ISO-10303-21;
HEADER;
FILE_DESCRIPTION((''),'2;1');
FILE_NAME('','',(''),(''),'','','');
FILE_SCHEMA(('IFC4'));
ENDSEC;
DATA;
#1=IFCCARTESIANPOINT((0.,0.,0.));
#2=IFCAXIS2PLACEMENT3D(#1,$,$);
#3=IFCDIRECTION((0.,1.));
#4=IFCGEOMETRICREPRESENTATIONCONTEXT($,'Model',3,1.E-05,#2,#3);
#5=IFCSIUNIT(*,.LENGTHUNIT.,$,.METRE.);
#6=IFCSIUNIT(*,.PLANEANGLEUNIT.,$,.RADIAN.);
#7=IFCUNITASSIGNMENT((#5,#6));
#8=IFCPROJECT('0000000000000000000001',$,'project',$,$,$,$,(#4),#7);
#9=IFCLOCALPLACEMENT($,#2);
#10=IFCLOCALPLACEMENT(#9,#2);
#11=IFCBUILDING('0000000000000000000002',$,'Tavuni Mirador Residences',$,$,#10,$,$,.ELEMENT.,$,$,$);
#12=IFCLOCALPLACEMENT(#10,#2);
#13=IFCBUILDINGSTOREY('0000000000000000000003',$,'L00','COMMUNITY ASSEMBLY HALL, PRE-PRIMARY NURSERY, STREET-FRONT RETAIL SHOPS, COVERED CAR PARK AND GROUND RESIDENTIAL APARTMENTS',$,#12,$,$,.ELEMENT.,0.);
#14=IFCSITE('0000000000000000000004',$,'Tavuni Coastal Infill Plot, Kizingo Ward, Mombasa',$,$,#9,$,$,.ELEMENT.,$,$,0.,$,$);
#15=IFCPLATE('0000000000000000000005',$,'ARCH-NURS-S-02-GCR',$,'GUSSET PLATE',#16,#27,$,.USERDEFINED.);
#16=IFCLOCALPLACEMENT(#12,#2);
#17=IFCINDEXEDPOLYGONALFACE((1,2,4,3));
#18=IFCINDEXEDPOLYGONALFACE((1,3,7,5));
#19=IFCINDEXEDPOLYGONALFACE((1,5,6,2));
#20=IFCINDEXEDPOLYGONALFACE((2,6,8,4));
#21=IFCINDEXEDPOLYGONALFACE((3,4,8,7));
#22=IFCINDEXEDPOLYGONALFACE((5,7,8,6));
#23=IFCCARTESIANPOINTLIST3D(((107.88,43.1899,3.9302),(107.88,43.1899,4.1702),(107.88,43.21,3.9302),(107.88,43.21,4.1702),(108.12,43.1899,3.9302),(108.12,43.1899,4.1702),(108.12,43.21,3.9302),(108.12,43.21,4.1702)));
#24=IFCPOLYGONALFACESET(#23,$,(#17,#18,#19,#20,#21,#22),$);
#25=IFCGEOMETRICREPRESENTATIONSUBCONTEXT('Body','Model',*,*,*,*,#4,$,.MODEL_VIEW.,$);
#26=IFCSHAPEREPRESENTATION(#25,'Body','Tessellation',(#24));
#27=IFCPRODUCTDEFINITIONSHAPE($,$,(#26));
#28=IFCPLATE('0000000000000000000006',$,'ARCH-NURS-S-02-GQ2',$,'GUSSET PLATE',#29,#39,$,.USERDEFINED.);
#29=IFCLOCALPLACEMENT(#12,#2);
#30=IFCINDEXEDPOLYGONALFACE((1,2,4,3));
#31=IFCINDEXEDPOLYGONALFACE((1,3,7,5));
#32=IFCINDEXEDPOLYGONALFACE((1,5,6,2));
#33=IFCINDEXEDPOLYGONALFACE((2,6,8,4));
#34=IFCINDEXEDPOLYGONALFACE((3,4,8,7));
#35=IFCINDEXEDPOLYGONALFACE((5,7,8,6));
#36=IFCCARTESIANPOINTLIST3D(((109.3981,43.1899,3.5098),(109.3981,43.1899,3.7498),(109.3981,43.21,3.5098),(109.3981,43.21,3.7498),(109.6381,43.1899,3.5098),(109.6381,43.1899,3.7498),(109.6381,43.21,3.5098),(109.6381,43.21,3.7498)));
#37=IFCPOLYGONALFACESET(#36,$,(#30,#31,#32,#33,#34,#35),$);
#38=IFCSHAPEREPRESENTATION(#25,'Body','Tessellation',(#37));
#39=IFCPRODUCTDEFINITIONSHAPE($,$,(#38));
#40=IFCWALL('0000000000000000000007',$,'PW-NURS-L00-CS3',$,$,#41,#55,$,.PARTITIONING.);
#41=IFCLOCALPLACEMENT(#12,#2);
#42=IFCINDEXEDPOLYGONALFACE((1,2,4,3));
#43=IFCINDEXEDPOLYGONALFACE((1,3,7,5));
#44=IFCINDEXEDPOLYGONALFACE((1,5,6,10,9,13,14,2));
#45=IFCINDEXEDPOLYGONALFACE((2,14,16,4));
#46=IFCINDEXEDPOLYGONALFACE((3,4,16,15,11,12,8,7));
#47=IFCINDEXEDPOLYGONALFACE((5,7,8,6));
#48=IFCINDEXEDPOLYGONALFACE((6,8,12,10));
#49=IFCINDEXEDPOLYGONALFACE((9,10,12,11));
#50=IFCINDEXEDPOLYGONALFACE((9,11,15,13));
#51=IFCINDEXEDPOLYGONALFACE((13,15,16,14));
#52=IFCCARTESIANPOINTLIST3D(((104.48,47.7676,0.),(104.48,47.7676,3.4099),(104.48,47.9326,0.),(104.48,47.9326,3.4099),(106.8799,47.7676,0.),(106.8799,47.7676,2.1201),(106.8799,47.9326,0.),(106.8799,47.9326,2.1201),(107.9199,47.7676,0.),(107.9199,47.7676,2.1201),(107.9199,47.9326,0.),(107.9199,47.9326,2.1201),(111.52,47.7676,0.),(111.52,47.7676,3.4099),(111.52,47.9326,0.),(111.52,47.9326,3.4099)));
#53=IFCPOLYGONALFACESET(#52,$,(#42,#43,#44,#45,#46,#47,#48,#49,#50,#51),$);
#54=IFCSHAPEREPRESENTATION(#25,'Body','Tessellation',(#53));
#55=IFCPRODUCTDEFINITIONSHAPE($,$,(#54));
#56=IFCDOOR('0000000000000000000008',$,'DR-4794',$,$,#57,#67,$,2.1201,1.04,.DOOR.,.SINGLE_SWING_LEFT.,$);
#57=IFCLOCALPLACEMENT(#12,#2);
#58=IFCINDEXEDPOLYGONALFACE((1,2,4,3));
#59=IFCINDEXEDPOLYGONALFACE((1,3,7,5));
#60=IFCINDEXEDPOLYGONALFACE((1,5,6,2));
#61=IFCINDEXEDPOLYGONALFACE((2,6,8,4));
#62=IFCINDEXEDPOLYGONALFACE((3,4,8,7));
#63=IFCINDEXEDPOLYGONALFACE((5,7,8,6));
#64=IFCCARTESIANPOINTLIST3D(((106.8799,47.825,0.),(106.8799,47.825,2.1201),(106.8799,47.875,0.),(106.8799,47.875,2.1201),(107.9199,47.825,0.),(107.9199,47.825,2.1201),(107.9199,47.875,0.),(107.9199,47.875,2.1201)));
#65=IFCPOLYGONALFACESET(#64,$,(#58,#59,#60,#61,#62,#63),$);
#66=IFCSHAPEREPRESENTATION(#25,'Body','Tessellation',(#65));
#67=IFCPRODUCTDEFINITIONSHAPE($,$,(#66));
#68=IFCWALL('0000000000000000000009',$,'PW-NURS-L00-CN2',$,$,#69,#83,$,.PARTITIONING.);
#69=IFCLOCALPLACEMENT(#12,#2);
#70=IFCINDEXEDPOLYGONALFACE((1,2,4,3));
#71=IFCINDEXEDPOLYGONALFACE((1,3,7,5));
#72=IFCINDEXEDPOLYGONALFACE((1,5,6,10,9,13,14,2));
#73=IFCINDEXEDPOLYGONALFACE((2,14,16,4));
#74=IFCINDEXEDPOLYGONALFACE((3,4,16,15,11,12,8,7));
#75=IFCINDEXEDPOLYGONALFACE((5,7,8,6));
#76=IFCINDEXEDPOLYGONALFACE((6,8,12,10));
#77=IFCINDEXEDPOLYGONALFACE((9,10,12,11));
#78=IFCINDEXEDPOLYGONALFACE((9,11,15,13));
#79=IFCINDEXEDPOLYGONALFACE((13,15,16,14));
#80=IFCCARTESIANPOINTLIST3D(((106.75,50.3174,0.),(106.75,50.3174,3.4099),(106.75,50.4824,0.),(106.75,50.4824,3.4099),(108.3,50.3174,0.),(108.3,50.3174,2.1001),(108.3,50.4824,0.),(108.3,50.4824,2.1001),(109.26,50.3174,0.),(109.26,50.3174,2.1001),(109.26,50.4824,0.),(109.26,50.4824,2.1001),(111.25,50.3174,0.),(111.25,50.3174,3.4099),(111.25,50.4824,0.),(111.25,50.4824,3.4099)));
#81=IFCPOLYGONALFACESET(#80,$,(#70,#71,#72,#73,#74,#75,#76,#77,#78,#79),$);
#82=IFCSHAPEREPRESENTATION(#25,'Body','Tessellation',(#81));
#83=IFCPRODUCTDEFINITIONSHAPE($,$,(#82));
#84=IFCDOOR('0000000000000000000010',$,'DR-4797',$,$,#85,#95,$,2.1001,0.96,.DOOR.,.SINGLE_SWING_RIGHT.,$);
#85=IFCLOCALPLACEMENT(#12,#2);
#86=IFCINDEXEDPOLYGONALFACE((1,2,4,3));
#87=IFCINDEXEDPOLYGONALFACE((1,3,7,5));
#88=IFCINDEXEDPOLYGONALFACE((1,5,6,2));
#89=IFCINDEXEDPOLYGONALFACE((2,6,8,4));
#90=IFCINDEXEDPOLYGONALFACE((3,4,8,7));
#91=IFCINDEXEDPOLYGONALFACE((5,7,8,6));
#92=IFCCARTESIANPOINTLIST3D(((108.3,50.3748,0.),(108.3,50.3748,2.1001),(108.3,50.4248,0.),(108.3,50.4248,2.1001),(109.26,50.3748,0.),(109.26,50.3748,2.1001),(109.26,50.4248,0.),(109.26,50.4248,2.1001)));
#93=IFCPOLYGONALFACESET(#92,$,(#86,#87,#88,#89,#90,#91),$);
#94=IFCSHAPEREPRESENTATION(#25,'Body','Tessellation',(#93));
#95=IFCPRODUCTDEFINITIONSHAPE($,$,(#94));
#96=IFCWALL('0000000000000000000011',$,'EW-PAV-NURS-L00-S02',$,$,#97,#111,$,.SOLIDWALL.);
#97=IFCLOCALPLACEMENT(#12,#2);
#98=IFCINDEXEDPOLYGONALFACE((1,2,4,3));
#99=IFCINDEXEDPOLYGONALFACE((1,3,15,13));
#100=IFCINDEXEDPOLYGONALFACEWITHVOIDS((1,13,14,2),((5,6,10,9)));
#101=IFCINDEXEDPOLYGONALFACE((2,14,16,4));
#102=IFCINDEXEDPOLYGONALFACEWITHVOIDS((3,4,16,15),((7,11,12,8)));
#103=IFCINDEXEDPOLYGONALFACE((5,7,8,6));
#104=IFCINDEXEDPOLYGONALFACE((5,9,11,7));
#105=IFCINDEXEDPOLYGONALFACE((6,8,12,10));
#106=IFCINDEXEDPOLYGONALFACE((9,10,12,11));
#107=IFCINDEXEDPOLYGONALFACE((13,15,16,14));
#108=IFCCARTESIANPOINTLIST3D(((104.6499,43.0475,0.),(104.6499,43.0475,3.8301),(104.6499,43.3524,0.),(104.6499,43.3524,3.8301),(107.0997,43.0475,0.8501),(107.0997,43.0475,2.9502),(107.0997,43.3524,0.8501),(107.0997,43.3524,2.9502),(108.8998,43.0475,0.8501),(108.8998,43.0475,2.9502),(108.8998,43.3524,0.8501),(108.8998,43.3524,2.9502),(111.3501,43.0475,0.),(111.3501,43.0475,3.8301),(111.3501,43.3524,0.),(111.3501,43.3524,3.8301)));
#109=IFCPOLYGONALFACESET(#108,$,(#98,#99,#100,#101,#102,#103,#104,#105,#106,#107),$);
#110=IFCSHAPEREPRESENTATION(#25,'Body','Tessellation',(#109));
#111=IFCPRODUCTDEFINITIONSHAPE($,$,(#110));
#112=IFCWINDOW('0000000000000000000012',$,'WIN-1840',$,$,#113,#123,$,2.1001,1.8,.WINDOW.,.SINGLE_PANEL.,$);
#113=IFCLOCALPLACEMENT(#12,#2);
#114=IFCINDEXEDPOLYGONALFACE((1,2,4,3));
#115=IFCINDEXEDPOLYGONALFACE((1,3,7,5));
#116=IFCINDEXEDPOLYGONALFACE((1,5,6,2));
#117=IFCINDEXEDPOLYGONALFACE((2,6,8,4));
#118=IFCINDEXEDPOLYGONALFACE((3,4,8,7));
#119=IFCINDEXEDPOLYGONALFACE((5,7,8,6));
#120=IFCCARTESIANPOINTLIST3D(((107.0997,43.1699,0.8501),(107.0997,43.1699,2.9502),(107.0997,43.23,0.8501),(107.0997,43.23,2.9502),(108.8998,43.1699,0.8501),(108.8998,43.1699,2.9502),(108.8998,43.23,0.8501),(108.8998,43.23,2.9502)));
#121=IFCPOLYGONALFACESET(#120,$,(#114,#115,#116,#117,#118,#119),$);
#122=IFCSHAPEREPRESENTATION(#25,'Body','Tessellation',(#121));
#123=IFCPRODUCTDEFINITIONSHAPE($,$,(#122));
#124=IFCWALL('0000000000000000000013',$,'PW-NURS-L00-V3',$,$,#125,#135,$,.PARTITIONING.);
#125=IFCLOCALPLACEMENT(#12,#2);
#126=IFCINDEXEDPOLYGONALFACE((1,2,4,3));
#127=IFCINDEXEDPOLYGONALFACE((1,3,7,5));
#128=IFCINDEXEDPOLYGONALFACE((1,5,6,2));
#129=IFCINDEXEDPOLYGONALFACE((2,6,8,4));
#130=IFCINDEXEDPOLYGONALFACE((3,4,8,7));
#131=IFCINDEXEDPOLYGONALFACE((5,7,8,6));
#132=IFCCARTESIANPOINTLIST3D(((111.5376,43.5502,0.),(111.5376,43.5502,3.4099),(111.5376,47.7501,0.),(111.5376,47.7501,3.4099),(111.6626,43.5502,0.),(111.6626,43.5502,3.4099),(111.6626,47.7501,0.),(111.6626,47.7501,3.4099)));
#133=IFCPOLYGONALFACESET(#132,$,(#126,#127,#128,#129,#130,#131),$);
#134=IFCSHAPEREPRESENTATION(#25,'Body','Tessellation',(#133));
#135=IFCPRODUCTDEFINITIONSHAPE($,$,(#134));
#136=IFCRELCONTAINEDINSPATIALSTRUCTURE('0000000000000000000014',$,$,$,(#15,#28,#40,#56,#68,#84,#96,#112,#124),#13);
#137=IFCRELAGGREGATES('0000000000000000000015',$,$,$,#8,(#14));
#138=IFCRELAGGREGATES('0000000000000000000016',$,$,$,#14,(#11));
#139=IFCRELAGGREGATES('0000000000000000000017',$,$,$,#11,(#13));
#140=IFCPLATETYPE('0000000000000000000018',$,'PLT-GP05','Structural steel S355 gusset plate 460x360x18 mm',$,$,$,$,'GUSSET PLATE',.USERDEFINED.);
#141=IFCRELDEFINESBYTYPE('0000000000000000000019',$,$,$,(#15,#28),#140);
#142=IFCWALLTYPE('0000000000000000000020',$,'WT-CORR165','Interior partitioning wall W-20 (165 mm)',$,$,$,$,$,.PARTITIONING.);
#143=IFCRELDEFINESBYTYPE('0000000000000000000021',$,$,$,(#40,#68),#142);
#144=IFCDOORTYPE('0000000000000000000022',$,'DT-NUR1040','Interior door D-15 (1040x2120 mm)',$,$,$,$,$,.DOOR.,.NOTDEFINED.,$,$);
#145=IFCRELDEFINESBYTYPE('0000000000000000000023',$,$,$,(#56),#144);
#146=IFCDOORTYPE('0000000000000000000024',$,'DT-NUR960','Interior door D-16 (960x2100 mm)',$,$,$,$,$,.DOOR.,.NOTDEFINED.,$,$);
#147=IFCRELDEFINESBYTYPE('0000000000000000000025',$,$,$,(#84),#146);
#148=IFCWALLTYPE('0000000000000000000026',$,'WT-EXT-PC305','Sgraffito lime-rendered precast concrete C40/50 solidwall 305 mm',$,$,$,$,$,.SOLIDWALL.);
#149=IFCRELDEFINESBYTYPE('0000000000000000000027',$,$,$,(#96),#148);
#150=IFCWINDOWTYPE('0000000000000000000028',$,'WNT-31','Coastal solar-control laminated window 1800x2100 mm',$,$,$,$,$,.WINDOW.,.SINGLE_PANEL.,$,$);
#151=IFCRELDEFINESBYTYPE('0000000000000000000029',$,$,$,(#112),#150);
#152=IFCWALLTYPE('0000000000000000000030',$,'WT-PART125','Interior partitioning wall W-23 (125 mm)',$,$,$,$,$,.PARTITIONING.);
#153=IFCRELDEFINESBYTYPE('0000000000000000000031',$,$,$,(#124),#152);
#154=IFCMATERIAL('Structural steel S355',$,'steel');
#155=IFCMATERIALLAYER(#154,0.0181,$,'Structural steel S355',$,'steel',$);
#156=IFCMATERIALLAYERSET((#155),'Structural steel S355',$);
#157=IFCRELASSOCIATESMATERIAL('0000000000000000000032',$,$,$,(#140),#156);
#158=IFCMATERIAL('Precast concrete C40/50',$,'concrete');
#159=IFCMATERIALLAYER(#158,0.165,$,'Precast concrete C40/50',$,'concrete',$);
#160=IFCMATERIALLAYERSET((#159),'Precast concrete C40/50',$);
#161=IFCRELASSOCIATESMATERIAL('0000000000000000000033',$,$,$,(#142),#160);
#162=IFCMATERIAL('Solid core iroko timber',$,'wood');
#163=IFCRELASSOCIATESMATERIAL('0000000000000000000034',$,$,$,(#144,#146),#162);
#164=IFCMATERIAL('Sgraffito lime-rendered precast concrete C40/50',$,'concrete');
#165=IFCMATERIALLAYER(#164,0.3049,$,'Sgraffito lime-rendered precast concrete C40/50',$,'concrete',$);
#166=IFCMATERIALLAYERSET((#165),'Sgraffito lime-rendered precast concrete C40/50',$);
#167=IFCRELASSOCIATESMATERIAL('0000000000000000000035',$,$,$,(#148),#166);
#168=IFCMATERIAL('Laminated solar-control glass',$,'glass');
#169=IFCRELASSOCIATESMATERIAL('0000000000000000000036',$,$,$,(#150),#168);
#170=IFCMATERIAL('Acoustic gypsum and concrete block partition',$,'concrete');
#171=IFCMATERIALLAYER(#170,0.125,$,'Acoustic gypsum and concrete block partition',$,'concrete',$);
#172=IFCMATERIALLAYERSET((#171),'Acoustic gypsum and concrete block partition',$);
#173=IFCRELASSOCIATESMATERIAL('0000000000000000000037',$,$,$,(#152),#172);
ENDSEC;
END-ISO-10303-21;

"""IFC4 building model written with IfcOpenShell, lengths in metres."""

from ifc_helpers import new_model, si_unit, direction, frame, frame_2d, origin, origin_2d, place, context, subcontext, project, spatial, rectangle, extrude, material, layer, layer_set, type_object, element, fill, save


model = new_model("IFC4")

# Units and contexts
model_context = context("Model", 3, precision=1e-05, world=origin(), true_north=direction((0.0, 1.0)))
body_context = subcontext(model_context, "Body", "Model", "MODEL_VIEW")
ifc_project = project(units=[si_unit("LENGTHUNIT", "METRE"), si_unit("PLANEANGLEUNIT", "RADIAN")], contexts=[model_context])

# Site, building, storey
site_placement = place(None, origin())
site = spatial("IfcSite", under=ifc_project, at=site_placement, Name="Tavuni Coastal Infill Plot, Kizingo Ward, Mombasa", CompositionType="ELEMENT", RefElevation=0.0)
building_placement = place(site_placement, origin())
building = spatial("IfcBuilding", under=site, at=building_placement, Name="Tavuni Mirador Residences", CompositionType="ELEMENT")
storey_placement = place(building_placement, origin())
storey = spatial("IfcBuildingStorey", under=building, at=storey_placement, Name="L00", Description="COMMUNITY ASSEMBLY HALL, PRE-PRIMARY NURSERY, STREET-FRONT RETAIL SHOPS, COVERED CAR PARK AND GROUND RESIDENTIAL APARTMENTS", CompositionType="ELEMENT", Elevation=0.0)

# Shared definitions
ifc_material_1 = material(Name="Precast concrete C40/50", Category="concrete")

# Shared definitions
ifc_material_2 = material(Name="Structural steel S355", Category="steel")

# Plates
ifc_layer_1 = layer(ifc_material_2, 0.0181, Name="Structural steel S355", Category="steel")
ifc_layer_set_1 = layer_set([ifc_layer_1], Name="Structural steel S355")
plate_type = type_object("IfcPlateType", Name="PLT-GP05", Description="Structural steel S355 gusset plate 460x360x18 mm", ElementType="GUSSET PLATE", PredefinedType="USERDEFINED", material=ifc_layer_set_1)
for number, where, z_axis, x_axis, name in (
    (1, (108.0, 43.2, 3.9302), (0.0, 0.0, 1.0), (1.0, 0.0, 0.0), "ARCH-NURS-S-02-GCR"),
    (2, (109.5181, 43.2, 3.5098), (0.0, 0.0, 1.0), (1.0, 0.0, 0.0), "ARCH-NURS-S-02-GQ2"),
):
    element("IfcPlate", number, at=place(storey_placement, frame(where, z_axis=z_axis, x_axis=x_axis)), inside=storey, type_object=plate_type, Name=name, ObjectType="GUSSET PLATE", PredefinedType="USERDEFINED", context=body_context, shape_type="SweptSolid", body=[
        extrude(rectangle(XDim=0.24, YDim=0.02, at=origin_2d()), origin(), (0.0, 0.0, 1.0), 0.24),
    ])

# Walls, openings, doors
ifc_layer_2 = layer(ifc_material_1, 0.165, Name="Precast concrete C40/50", Category="concrete")
ifc_layer_set_2 = layer_set([ifc_layer_2], Name="Precast concrete C40/50")
wall_type_1 = type_object("IfcWallType", Name="WT-CORR165", Description="Interior partitioning wall W-20 (165 mm)", PredefinedType="PARTITIONING", material=ifc_layer_set_2)
wall_1_placement = place(storey_placement, frame((104.48, 47.8501, 0.0), z_axis=(0.0, 0.0, 1.0), x_axis=(1.0, 0.0, 0.0)))
wall_1 = element("IfcWall", 3, at=wall_1_placement, inside=storey, type_object=wall_type_1, Name="PW-NURS-L00-CS3", PredefinedType="PARTITIONING", context=body_context, shape_type="SweptSolid", body=[
    extrude(rectangle(XDim=7.04, YDim=0.165, at=frame_2d((3.52, 0.0))), origin(), (0.0, 0.0, 1.0), 3.4099),
])
opening_1_placement = place(wall_1_placement, frame((2.3999, 0.0, 0.0)))
opening_1 = element("IfcOpeningElement", 4, at=opening_1_placement, cuts=wall_1, PredefinedType="OPENING", context=body_context, shape_type="SweptSolid", body=[
    extrude(rectangle(XDim=1.04, YDim=2.1201, at=frame_2d((0.52, 1.0601))), frame((0.0, 0.0925, 0.0), z_axis=(0.0, -1.0, 0.0), x_axis=(1.0, 0.0, 0.0)), (0.0, 0.0, 1.0), 0.1851),
])
ifc_material_3 = material(Name="Solid core iroko timber", Category="wood")
door_type_1 = type_object("IfcDoorType", Name="DT-NUR1040", Description="Interior door D-15 (1040x2120 mm)", OperationType="NOTDEFINED", PredefinedType="DOOR", material=ifc_material_3)
door_1_placement = place(opening_1_placement, origin())
door_1 = element("IfcDoor", 5, at=door_1_placement, inside=storey, type_object=door_type_1, Name="DR-4794", OperationType="SINGLE_SWING_LEFT", OverallHeight=2.1201, OverallWidth=1.04, PredefinedType="DOOR", context=body_context, shape_type="SweptSolid", body=[
    extrude(rectangle(XDim=1.04, YDim=2.1201, at=frame_2d((0.52, 1.0601))), frame((0.0, 0.0249, 0.0), z_axis=(0.0, -1.0, 0.0), x_axis=(1.0, 0.0, 0.0)), (0.0, 0.0, 1.0), 0.05),
])
fill(opening_1, door_1)
wall_2_placement = place(storey_placement, frame((106.75, 50.3999, 0.0), z_axis=(0.0, 0.0, 1.0), x_axis=(1.0, 0.0, 0.0)))
wall_2 = element("IfcWall", 6, at=wall_2_placement, inside=storey, type_object=wall_type_1, Name="PW-NURS-L00-CN2", PredefinedType="PARTITIONING", context=body_context, shape_type="SweptSolid", body=[
    extrude(rectangle(XDim=4.5, YDim=0.165, at=frame_2d((2.25, 0.0))), origin(), (0.0, 0.0, 1.0), 3.4099),
])
opening_2_placement = place(wall_2_placement, frame((1.55, 0.0, 0.0)))
opening_2 = element("IfcOpeningElement", 7, at=opening_2_placement, cuts=wall_2, PredefinedType="OPENING", context=body_context, shape_type="SweptSolid", body=[
    extrude(rectangle(XDim=0.96, YDim=2.1001, at=frame_2d((0.48, 1.05))), frame((0.0, 0.0925, 0.0), z_axis=(0.0, -1.0, 0.0), x_axis=(1.0, 0.0, 0.0)), (0.0, 0.0, 1.0), 0.1851),
])
door_type_2 = type_object("IfcDoorType", Name="DT-NUR960", Description="Interior door D-16 (960x2100 mm)", OperationType="NOTDEFINED", PredefinedType="DOOR", material=ifc_material_3)
door_2_placement = place(opening_2_placement, origin())
door_2 = element("IfcDoor", 8, at=door_2_placement, inside=storey, type_object=door_type_2, Name="DR-4797", OperationType="SINGLE_SWING_RIGHT", OverallHeight=2.1001, OverallWidth=0.96, PredefinedType="DOOR", context=body_context, shape_type="SweptSolid", body=[
    extrude(rectangle(XDim=0.96, YDim=2.1001, at=frame_2d((0.48, 1.05))), frame((0.0, 0.0249, 0.0), z_axis=(0.0, -1.0, 0.0), x_axis=(1.0, 0.0, 0.0)), (0.0, 0.0, 1.0), 0.05),
])
fill(opening_2, door_2)

# Wall, opening, window
ifc_material_4 = material(Name="Sgraffito lime-rendered precast concrete C40/50", Category="concrete")
ifc_layer_3 = layer(ifc_material_4, 0.3049, Name="Sgraffito lime-rendered precast concrete C40/50", Category="concrete")
ifc_layer_set_3 = layer_set([ifc_layer_3], Name="Sgraffito lime-rendered precast concrete C40/50")
wall_type_2 = type_object("IfcWallType", Name="WT-EXT-PC305", Description="Sgraffito lime-rendered precast concrete C40/50 solidwall 305 mm", PredefinedType="SOLIDWALL", material=ifc_layer_set_3)
wall_3_placement = place(storey_placement, frame((104.6499, 43.2, 0.0), z_axis=(0.0, 0.0, 1.0), x_axis=(1.0, 0.0, 0.0)))
wall_3 = element("IfcWall", 9, at=wall_3_placement, inside=storey, type_object=wall_type_2, Name="EW-PAV-NURS-L00-S02", PredefinedType="SOLIDWALL", context=body_context, shape_type="SweptSolid", body=[
    extrude(rectangle(XDim=6.7002, YDim=0.3049, at=frame_2d((3.3501, 0.0))), origin(), (0.0, 0.0, 1.0), 3.8301),
])
opening_3_placement = place(wall_3_placement, frame((2.45, 0.0, 0.8501)))
opening_3 = element("IfcOpeningElement", 10, at=opening_3_placement, cuts=wall_3, PredefinedType="OPENING", context=body_context, shape_type="SweptSolid", body=[
    extrude(rectangle(XDim=1.8, YDim=2.1001, at=frame_2d((0.8999, 1.05))), frame((0.0, 0.1626, 0.0), z_axis=(0.0, -1.0, 0.0), x_axis=(1.0, 0.0, 0.0)), (0.0, 0.0, 1.0), 0.325),
])
ifc_material_5 = material(Name="Laminated solar-control glass", Category="glass")
window_type = type_object("IfcWindowType", Name="WNT-31", Description="Coastal solar-control laminated window 1800x2100 mm", PartitioningType="SINGLE_PANEL", PredefinedType="WINDOW", material=ifc_material_5)
window_placement = place(opening_3_placement, origin())
window = element("IfcWindow", 11, at=window_placement, inside=storey, type_object=window_type, Name="WIN-1840", OverallHeight=2.1001, OverallWidth=1.8, PartitioningType="SINGLE_PANEL", PredefinedType="WINDOW", context=body_context, shape_type="SweptSolid", body=[
    extrude(rectangle(XDim=1.8, YDim=2.1001, at=frame_2d((0.8999, 1.05))), frame((0.0, 0.03, 0.0), z_axis=(0.0, -1.0, 0.0), x_axis=(1.0, 0.0, 0.0)), (0.0, 0.0, 1.0), 0.0601),
])
fill(opening_3, window)

# Wall
ifc_material_6 = material(Name="Acoustic gypsum and concrete block partition", Category="concrete")
ifc_layer_4 = layer(ifc_material_6, 0.125, Name="Acoustic gypsum and concrete block partition", Category="concrete")
ifc_layer_set_4 = layer_set([ifc_layer_4], Name="Acoustic gypsum and concrete block partition")
wall_type_3 = type_object("IfcWallType", Name="WT-PART125", Description="Interior partitioning wall W-23 (125 mm)", PredefinedType="PARTITIONING", material=ifc_layer_set_4)
wall_4_placement = place(storey_placement, frame((111.6001, 43.55, 0.0), z_axis=(0.0, 0.0, 1.0), x_axis=(0.0, 1.0, 0.0)))
element("IfcWall", 12, at=wall_4_placement, inside=storey, type_object=wall_type_3, Name="PW-NURS-L00-V3", PredefinedType="PARTITIONING", context=body_context, shape_type="SweptSolid", body=[
    extrude(rectangle(XDim=4.2, YDim=0.125, at=frame_2d((2.1001, 0.0))), origin(), (0.0, 0.0, 1.0), 3.4099),
])

save(model, "model.ifc")
